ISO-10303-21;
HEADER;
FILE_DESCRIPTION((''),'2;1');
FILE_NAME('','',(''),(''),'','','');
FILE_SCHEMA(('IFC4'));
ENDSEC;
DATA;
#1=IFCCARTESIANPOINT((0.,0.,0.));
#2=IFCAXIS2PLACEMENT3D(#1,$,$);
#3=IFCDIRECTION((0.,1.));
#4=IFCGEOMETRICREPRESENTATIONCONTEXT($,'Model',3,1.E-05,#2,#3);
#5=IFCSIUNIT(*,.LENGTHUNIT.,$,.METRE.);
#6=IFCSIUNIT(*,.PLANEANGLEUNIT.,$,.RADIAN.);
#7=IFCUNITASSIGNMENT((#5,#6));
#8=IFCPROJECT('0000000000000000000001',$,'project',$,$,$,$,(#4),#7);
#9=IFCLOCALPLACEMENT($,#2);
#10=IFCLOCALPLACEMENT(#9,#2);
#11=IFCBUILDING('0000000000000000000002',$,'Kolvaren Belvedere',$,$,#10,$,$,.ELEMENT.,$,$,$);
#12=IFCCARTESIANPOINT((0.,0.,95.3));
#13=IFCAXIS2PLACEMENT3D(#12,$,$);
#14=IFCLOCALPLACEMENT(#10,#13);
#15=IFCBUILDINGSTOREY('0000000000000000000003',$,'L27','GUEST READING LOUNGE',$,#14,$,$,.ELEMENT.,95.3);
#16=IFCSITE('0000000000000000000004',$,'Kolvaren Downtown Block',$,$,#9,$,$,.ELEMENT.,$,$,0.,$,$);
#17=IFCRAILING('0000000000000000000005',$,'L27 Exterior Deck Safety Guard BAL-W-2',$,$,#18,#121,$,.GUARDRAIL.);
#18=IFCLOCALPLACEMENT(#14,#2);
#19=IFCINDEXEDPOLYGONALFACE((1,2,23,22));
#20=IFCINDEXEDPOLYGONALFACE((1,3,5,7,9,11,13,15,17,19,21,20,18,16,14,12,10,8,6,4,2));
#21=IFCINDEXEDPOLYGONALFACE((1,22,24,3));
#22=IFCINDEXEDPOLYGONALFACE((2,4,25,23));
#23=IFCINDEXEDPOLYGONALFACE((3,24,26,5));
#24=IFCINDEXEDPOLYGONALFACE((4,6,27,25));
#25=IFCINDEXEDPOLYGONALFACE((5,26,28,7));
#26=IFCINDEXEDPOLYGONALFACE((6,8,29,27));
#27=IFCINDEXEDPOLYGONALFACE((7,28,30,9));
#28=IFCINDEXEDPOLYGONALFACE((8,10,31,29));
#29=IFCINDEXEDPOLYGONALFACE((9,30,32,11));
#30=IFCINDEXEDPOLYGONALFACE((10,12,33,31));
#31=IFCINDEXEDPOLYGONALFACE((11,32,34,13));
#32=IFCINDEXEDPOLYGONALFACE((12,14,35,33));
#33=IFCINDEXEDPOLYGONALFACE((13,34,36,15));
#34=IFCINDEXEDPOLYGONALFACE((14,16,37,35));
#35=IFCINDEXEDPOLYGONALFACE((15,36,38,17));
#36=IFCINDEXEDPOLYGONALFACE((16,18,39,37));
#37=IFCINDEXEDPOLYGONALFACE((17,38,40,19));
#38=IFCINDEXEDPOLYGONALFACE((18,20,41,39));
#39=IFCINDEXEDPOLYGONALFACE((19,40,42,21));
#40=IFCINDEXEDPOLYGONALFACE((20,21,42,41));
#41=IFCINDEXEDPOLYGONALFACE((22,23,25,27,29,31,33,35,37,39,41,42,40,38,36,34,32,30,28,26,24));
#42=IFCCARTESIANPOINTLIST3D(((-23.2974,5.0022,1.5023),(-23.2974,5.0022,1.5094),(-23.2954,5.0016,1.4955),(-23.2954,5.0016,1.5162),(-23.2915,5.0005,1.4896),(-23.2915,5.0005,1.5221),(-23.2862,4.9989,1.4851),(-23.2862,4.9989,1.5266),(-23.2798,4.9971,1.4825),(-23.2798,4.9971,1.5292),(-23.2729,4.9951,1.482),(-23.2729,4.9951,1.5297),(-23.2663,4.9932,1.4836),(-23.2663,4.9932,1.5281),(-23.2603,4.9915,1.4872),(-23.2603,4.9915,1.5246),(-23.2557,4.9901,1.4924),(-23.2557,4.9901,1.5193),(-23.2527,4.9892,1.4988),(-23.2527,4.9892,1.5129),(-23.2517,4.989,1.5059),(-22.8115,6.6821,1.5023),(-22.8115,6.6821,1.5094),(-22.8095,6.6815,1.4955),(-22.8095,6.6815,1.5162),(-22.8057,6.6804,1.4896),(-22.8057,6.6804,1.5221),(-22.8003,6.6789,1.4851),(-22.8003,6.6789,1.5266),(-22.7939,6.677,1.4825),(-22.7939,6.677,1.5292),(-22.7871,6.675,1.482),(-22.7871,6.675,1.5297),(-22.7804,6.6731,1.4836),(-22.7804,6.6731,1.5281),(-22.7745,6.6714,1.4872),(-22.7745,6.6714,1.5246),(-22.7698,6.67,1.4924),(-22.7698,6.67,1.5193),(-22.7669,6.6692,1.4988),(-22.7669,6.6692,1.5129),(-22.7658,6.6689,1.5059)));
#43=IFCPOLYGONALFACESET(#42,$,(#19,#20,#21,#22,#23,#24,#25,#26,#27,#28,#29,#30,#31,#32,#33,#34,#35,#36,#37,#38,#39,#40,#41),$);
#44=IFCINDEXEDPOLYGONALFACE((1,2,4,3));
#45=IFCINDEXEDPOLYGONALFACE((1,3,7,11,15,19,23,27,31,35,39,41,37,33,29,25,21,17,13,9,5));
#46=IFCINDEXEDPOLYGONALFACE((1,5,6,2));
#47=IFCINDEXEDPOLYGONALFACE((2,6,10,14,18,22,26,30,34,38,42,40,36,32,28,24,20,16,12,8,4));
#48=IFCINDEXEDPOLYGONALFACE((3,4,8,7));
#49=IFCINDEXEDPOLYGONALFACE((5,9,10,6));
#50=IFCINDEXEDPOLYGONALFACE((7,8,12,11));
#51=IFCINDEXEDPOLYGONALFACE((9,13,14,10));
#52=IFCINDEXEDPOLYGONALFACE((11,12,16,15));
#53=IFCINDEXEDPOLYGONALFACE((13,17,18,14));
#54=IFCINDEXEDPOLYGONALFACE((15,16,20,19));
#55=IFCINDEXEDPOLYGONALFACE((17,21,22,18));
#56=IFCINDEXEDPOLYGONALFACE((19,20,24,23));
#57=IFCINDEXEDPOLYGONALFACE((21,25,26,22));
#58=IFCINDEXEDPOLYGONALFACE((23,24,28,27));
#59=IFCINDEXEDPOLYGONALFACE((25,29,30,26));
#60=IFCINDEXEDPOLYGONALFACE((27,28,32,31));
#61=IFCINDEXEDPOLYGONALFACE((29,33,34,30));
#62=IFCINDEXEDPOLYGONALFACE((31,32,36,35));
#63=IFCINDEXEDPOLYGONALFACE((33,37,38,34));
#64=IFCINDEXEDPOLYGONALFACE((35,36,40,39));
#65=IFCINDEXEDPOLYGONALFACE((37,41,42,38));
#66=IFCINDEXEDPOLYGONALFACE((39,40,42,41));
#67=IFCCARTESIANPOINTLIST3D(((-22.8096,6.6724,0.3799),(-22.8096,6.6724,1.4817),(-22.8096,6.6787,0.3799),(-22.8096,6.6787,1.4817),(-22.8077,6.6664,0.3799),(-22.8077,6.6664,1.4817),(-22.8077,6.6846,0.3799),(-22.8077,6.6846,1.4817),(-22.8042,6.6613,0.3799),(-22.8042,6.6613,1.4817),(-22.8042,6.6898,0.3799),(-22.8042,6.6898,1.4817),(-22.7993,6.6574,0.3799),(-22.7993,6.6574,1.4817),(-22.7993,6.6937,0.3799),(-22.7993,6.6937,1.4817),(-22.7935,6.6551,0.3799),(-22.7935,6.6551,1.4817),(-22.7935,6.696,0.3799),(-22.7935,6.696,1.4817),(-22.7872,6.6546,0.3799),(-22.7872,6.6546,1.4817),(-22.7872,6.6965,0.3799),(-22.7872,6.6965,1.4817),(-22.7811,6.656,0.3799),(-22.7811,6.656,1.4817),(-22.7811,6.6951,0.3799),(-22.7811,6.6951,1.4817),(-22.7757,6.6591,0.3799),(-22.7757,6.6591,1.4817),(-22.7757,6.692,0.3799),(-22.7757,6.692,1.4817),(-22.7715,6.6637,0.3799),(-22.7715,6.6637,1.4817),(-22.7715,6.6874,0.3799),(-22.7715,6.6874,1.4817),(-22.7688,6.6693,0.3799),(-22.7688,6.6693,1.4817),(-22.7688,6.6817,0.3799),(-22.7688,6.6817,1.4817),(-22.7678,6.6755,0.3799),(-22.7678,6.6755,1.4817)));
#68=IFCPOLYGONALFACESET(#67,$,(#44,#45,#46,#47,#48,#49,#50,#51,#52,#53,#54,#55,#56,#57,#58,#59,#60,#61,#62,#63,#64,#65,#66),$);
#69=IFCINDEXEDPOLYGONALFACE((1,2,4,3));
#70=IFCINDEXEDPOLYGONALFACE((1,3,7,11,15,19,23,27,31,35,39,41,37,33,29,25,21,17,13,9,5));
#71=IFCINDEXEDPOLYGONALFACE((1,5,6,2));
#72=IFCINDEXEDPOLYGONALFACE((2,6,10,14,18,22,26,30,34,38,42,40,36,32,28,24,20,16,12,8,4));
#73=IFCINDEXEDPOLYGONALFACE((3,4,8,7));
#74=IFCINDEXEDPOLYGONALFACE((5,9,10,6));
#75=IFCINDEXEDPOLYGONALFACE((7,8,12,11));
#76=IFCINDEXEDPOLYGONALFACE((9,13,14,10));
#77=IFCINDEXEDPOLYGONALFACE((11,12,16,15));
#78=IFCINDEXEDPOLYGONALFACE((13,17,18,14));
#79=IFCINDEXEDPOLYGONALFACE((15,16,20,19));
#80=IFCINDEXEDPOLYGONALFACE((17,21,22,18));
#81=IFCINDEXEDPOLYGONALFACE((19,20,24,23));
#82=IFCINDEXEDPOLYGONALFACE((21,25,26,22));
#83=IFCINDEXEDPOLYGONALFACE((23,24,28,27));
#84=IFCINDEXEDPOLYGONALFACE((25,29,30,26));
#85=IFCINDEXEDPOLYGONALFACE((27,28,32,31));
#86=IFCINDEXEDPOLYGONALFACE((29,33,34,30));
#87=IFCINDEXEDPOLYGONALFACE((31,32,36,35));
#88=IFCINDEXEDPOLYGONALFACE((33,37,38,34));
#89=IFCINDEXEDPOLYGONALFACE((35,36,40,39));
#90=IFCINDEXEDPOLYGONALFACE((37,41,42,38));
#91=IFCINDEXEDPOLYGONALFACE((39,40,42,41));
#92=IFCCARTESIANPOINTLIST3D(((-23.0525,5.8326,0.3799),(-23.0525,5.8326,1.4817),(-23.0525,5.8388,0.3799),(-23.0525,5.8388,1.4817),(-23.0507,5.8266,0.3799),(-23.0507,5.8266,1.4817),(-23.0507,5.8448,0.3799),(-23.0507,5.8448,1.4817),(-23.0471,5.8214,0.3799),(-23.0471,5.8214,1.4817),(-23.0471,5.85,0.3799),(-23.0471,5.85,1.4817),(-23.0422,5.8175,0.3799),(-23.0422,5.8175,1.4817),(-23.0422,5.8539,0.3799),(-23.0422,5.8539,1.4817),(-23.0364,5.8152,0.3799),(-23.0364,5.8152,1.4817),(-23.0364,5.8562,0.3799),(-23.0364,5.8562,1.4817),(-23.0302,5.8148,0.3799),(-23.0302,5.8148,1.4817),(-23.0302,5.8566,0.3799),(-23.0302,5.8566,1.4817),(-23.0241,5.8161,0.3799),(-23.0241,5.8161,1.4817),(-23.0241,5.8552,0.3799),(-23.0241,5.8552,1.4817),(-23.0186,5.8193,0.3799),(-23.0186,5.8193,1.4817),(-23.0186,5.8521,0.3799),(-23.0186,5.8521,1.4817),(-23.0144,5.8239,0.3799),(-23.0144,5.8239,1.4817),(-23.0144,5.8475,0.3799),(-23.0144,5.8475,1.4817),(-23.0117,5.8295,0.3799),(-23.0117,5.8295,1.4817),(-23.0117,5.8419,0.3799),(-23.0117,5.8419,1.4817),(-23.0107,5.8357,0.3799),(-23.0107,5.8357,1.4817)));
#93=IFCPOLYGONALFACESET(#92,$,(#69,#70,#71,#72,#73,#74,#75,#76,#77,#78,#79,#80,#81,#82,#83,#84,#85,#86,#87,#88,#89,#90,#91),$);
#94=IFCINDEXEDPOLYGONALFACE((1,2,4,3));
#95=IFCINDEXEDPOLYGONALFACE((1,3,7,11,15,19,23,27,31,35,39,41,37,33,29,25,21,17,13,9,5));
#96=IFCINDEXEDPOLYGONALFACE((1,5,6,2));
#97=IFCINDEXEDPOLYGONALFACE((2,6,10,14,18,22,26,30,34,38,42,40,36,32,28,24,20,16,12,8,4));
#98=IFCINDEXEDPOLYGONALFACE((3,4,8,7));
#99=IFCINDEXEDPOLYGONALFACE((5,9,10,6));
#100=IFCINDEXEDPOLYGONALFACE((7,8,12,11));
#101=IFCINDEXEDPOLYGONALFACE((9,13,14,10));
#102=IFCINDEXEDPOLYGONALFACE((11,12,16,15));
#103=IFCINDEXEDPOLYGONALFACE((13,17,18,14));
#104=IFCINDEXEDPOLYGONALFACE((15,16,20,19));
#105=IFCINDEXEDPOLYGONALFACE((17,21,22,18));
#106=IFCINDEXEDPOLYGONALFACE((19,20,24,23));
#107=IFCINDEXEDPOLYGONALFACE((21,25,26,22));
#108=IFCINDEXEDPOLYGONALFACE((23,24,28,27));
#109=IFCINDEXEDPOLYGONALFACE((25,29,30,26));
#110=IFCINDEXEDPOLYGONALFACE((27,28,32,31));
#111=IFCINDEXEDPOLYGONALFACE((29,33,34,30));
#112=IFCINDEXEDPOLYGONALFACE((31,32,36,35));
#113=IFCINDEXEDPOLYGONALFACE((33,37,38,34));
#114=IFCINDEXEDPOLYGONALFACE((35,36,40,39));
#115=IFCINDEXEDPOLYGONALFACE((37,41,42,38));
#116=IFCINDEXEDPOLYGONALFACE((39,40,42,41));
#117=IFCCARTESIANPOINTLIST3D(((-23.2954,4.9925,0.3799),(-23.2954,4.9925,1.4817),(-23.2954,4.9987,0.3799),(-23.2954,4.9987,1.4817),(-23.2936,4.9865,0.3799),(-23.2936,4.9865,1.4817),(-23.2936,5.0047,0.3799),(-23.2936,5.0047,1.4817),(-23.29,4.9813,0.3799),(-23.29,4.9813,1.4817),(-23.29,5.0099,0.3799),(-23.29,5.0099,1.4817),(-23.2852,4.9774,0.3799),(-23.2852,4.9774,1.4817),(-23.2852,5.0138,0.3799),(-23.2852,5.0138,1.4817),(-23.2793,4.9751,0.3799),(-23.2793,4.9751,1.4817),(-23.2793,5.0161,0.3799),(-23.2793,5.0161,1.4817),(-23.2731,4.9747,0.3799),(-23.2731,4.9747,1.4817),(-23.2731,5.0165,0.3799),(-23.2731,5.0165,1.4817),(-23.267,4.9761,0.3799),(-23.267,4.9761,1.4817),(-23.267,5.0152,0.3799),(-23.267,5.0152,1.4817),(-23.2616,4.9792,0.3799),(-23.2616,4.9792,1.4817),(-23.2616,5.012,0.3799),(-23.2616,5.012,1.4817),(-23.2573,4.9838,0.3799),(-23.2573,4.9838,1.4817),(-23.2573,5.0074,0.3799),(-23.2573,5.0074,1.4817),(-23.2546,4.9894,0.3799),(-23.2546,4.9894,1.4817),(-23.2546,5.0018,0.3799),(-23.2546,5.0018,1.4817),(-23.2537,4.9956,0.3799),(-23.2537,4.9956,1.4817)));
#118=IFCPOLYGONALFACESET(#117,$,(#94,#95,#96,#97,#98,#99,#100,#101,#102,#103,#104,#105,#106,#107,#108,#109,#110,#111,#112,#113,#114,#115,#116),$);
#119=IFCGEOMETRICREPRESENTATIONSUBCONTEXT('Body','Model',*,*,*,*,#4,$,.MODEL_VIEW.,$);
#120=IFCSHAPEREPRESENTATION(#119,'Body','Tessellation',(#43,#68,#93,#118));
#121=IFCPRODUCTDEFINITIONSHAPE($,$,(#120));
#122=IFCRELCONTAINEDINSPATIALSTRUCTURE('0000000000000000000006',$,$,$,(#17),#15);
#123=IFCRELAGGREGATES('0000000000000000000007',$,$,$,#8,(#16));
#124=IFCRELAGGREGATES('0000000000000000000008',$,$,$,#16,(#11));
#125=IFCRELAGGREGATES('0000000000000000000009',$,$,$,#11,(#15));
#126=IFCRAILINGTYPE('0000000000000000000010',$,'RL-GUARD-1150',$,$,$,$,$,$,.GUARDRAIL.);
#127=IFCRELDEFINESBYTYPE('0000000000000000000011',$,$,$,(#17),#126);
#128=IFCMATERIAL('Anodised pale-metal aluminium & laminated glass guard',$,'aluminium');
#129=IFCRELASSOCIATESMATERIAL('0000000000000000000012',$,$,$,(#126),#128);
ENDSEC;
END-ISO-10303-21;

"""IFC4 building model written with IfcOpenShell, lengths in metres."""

from ifc_helpers import new_model, si_unit, direction, frame, origin, origin_2d, place, context, subcontext, project, spatial, circle, extrude, material, type_object, element, save


model = new_model("IFC4")

# Units and contexts
model_context = context("Model", 3, precision=1e-05, world=origin(), true_north=direction((0.0, 1.0)))
body_context = subcontext(model_context, "Body", "Model", "MODEL_VIEW")
ifc_project = project(units=[si_unit("LENGTHUNIT", "METRE"), si_unit("PLANEANGLEUNIT", "RADIAN")], contexts=[model_context])

# Site, building, storey
site_placement = place(None, origin())
site = spatial("IfcSite", under=ifc_project, at=site_placement, Name="Kolvaren Downtown Block", CompositionType="ELEMENT", RefElevation=0.0)
building_placement = place(site_placement, origin())
building = spatial("IfcBuilding", under=site, at=building_placement, Name="Kolvaren Belvedere", CompositionType="ELEMENT")
storey_placement = place(building_placement, frame((0.0, 0.0, 95.3)))
storey = spatial("IfcBuildingStorey", under=building, at=storey_placement, Name="L27", Description="GUEST READING LOUNGE", CompositionType="ELEMENT", Elevation=95.3)

# Railing
ifc_material_1 = material(Name="Anodised pale-metal aluminium & laminated glass guard", Category="aluminium")
railing_type = type_object("IfcRailingType", Name="RL-GUARD-1150", PredefinedType="GUARDRAIL", material=ifc_material_1)
railing_1_placement = place(storey_placement, frame((-22.7888, 6.6755, 0.3799)))
element("IfcRailing", 1, at=railing_1_placement, inside=storey, type_object=railing_type, Name="L27 Exterior Deck Safety Guard BAL-W-2", PredefinedType="GUARDRAIL", context=body_context, shape_type="SweptSolid", body=[
    extrude(circle(Radius=0.0239, at=origin_2d()), frame((0.0, 0.0, 1.126), z_axis=(-0.277817, -0.960634, 0.0), x_axis=(0.960634, -0.277817, 0.0)), (0.0, 0.0, 1.0), 1.7488),
    extrude(circle(Radius=0.021, at=origin_2d()), origin(), (0.0, 0.0, 1.0), 1.1018),
    extrude(circle(Radius=0.021, at=origin_2d()), frame((-0.2429, -0.8398, 0.0)), (0.0, 0.0, 1.0), 1.1018),
    extrude(circle(Radius=0.021, at=origin_2d()), frame((-0.4858, -1.6799, 0.0)), (0.0, 0.0, 1.0), 1.1018),
])

save(model, "model.ifc")
